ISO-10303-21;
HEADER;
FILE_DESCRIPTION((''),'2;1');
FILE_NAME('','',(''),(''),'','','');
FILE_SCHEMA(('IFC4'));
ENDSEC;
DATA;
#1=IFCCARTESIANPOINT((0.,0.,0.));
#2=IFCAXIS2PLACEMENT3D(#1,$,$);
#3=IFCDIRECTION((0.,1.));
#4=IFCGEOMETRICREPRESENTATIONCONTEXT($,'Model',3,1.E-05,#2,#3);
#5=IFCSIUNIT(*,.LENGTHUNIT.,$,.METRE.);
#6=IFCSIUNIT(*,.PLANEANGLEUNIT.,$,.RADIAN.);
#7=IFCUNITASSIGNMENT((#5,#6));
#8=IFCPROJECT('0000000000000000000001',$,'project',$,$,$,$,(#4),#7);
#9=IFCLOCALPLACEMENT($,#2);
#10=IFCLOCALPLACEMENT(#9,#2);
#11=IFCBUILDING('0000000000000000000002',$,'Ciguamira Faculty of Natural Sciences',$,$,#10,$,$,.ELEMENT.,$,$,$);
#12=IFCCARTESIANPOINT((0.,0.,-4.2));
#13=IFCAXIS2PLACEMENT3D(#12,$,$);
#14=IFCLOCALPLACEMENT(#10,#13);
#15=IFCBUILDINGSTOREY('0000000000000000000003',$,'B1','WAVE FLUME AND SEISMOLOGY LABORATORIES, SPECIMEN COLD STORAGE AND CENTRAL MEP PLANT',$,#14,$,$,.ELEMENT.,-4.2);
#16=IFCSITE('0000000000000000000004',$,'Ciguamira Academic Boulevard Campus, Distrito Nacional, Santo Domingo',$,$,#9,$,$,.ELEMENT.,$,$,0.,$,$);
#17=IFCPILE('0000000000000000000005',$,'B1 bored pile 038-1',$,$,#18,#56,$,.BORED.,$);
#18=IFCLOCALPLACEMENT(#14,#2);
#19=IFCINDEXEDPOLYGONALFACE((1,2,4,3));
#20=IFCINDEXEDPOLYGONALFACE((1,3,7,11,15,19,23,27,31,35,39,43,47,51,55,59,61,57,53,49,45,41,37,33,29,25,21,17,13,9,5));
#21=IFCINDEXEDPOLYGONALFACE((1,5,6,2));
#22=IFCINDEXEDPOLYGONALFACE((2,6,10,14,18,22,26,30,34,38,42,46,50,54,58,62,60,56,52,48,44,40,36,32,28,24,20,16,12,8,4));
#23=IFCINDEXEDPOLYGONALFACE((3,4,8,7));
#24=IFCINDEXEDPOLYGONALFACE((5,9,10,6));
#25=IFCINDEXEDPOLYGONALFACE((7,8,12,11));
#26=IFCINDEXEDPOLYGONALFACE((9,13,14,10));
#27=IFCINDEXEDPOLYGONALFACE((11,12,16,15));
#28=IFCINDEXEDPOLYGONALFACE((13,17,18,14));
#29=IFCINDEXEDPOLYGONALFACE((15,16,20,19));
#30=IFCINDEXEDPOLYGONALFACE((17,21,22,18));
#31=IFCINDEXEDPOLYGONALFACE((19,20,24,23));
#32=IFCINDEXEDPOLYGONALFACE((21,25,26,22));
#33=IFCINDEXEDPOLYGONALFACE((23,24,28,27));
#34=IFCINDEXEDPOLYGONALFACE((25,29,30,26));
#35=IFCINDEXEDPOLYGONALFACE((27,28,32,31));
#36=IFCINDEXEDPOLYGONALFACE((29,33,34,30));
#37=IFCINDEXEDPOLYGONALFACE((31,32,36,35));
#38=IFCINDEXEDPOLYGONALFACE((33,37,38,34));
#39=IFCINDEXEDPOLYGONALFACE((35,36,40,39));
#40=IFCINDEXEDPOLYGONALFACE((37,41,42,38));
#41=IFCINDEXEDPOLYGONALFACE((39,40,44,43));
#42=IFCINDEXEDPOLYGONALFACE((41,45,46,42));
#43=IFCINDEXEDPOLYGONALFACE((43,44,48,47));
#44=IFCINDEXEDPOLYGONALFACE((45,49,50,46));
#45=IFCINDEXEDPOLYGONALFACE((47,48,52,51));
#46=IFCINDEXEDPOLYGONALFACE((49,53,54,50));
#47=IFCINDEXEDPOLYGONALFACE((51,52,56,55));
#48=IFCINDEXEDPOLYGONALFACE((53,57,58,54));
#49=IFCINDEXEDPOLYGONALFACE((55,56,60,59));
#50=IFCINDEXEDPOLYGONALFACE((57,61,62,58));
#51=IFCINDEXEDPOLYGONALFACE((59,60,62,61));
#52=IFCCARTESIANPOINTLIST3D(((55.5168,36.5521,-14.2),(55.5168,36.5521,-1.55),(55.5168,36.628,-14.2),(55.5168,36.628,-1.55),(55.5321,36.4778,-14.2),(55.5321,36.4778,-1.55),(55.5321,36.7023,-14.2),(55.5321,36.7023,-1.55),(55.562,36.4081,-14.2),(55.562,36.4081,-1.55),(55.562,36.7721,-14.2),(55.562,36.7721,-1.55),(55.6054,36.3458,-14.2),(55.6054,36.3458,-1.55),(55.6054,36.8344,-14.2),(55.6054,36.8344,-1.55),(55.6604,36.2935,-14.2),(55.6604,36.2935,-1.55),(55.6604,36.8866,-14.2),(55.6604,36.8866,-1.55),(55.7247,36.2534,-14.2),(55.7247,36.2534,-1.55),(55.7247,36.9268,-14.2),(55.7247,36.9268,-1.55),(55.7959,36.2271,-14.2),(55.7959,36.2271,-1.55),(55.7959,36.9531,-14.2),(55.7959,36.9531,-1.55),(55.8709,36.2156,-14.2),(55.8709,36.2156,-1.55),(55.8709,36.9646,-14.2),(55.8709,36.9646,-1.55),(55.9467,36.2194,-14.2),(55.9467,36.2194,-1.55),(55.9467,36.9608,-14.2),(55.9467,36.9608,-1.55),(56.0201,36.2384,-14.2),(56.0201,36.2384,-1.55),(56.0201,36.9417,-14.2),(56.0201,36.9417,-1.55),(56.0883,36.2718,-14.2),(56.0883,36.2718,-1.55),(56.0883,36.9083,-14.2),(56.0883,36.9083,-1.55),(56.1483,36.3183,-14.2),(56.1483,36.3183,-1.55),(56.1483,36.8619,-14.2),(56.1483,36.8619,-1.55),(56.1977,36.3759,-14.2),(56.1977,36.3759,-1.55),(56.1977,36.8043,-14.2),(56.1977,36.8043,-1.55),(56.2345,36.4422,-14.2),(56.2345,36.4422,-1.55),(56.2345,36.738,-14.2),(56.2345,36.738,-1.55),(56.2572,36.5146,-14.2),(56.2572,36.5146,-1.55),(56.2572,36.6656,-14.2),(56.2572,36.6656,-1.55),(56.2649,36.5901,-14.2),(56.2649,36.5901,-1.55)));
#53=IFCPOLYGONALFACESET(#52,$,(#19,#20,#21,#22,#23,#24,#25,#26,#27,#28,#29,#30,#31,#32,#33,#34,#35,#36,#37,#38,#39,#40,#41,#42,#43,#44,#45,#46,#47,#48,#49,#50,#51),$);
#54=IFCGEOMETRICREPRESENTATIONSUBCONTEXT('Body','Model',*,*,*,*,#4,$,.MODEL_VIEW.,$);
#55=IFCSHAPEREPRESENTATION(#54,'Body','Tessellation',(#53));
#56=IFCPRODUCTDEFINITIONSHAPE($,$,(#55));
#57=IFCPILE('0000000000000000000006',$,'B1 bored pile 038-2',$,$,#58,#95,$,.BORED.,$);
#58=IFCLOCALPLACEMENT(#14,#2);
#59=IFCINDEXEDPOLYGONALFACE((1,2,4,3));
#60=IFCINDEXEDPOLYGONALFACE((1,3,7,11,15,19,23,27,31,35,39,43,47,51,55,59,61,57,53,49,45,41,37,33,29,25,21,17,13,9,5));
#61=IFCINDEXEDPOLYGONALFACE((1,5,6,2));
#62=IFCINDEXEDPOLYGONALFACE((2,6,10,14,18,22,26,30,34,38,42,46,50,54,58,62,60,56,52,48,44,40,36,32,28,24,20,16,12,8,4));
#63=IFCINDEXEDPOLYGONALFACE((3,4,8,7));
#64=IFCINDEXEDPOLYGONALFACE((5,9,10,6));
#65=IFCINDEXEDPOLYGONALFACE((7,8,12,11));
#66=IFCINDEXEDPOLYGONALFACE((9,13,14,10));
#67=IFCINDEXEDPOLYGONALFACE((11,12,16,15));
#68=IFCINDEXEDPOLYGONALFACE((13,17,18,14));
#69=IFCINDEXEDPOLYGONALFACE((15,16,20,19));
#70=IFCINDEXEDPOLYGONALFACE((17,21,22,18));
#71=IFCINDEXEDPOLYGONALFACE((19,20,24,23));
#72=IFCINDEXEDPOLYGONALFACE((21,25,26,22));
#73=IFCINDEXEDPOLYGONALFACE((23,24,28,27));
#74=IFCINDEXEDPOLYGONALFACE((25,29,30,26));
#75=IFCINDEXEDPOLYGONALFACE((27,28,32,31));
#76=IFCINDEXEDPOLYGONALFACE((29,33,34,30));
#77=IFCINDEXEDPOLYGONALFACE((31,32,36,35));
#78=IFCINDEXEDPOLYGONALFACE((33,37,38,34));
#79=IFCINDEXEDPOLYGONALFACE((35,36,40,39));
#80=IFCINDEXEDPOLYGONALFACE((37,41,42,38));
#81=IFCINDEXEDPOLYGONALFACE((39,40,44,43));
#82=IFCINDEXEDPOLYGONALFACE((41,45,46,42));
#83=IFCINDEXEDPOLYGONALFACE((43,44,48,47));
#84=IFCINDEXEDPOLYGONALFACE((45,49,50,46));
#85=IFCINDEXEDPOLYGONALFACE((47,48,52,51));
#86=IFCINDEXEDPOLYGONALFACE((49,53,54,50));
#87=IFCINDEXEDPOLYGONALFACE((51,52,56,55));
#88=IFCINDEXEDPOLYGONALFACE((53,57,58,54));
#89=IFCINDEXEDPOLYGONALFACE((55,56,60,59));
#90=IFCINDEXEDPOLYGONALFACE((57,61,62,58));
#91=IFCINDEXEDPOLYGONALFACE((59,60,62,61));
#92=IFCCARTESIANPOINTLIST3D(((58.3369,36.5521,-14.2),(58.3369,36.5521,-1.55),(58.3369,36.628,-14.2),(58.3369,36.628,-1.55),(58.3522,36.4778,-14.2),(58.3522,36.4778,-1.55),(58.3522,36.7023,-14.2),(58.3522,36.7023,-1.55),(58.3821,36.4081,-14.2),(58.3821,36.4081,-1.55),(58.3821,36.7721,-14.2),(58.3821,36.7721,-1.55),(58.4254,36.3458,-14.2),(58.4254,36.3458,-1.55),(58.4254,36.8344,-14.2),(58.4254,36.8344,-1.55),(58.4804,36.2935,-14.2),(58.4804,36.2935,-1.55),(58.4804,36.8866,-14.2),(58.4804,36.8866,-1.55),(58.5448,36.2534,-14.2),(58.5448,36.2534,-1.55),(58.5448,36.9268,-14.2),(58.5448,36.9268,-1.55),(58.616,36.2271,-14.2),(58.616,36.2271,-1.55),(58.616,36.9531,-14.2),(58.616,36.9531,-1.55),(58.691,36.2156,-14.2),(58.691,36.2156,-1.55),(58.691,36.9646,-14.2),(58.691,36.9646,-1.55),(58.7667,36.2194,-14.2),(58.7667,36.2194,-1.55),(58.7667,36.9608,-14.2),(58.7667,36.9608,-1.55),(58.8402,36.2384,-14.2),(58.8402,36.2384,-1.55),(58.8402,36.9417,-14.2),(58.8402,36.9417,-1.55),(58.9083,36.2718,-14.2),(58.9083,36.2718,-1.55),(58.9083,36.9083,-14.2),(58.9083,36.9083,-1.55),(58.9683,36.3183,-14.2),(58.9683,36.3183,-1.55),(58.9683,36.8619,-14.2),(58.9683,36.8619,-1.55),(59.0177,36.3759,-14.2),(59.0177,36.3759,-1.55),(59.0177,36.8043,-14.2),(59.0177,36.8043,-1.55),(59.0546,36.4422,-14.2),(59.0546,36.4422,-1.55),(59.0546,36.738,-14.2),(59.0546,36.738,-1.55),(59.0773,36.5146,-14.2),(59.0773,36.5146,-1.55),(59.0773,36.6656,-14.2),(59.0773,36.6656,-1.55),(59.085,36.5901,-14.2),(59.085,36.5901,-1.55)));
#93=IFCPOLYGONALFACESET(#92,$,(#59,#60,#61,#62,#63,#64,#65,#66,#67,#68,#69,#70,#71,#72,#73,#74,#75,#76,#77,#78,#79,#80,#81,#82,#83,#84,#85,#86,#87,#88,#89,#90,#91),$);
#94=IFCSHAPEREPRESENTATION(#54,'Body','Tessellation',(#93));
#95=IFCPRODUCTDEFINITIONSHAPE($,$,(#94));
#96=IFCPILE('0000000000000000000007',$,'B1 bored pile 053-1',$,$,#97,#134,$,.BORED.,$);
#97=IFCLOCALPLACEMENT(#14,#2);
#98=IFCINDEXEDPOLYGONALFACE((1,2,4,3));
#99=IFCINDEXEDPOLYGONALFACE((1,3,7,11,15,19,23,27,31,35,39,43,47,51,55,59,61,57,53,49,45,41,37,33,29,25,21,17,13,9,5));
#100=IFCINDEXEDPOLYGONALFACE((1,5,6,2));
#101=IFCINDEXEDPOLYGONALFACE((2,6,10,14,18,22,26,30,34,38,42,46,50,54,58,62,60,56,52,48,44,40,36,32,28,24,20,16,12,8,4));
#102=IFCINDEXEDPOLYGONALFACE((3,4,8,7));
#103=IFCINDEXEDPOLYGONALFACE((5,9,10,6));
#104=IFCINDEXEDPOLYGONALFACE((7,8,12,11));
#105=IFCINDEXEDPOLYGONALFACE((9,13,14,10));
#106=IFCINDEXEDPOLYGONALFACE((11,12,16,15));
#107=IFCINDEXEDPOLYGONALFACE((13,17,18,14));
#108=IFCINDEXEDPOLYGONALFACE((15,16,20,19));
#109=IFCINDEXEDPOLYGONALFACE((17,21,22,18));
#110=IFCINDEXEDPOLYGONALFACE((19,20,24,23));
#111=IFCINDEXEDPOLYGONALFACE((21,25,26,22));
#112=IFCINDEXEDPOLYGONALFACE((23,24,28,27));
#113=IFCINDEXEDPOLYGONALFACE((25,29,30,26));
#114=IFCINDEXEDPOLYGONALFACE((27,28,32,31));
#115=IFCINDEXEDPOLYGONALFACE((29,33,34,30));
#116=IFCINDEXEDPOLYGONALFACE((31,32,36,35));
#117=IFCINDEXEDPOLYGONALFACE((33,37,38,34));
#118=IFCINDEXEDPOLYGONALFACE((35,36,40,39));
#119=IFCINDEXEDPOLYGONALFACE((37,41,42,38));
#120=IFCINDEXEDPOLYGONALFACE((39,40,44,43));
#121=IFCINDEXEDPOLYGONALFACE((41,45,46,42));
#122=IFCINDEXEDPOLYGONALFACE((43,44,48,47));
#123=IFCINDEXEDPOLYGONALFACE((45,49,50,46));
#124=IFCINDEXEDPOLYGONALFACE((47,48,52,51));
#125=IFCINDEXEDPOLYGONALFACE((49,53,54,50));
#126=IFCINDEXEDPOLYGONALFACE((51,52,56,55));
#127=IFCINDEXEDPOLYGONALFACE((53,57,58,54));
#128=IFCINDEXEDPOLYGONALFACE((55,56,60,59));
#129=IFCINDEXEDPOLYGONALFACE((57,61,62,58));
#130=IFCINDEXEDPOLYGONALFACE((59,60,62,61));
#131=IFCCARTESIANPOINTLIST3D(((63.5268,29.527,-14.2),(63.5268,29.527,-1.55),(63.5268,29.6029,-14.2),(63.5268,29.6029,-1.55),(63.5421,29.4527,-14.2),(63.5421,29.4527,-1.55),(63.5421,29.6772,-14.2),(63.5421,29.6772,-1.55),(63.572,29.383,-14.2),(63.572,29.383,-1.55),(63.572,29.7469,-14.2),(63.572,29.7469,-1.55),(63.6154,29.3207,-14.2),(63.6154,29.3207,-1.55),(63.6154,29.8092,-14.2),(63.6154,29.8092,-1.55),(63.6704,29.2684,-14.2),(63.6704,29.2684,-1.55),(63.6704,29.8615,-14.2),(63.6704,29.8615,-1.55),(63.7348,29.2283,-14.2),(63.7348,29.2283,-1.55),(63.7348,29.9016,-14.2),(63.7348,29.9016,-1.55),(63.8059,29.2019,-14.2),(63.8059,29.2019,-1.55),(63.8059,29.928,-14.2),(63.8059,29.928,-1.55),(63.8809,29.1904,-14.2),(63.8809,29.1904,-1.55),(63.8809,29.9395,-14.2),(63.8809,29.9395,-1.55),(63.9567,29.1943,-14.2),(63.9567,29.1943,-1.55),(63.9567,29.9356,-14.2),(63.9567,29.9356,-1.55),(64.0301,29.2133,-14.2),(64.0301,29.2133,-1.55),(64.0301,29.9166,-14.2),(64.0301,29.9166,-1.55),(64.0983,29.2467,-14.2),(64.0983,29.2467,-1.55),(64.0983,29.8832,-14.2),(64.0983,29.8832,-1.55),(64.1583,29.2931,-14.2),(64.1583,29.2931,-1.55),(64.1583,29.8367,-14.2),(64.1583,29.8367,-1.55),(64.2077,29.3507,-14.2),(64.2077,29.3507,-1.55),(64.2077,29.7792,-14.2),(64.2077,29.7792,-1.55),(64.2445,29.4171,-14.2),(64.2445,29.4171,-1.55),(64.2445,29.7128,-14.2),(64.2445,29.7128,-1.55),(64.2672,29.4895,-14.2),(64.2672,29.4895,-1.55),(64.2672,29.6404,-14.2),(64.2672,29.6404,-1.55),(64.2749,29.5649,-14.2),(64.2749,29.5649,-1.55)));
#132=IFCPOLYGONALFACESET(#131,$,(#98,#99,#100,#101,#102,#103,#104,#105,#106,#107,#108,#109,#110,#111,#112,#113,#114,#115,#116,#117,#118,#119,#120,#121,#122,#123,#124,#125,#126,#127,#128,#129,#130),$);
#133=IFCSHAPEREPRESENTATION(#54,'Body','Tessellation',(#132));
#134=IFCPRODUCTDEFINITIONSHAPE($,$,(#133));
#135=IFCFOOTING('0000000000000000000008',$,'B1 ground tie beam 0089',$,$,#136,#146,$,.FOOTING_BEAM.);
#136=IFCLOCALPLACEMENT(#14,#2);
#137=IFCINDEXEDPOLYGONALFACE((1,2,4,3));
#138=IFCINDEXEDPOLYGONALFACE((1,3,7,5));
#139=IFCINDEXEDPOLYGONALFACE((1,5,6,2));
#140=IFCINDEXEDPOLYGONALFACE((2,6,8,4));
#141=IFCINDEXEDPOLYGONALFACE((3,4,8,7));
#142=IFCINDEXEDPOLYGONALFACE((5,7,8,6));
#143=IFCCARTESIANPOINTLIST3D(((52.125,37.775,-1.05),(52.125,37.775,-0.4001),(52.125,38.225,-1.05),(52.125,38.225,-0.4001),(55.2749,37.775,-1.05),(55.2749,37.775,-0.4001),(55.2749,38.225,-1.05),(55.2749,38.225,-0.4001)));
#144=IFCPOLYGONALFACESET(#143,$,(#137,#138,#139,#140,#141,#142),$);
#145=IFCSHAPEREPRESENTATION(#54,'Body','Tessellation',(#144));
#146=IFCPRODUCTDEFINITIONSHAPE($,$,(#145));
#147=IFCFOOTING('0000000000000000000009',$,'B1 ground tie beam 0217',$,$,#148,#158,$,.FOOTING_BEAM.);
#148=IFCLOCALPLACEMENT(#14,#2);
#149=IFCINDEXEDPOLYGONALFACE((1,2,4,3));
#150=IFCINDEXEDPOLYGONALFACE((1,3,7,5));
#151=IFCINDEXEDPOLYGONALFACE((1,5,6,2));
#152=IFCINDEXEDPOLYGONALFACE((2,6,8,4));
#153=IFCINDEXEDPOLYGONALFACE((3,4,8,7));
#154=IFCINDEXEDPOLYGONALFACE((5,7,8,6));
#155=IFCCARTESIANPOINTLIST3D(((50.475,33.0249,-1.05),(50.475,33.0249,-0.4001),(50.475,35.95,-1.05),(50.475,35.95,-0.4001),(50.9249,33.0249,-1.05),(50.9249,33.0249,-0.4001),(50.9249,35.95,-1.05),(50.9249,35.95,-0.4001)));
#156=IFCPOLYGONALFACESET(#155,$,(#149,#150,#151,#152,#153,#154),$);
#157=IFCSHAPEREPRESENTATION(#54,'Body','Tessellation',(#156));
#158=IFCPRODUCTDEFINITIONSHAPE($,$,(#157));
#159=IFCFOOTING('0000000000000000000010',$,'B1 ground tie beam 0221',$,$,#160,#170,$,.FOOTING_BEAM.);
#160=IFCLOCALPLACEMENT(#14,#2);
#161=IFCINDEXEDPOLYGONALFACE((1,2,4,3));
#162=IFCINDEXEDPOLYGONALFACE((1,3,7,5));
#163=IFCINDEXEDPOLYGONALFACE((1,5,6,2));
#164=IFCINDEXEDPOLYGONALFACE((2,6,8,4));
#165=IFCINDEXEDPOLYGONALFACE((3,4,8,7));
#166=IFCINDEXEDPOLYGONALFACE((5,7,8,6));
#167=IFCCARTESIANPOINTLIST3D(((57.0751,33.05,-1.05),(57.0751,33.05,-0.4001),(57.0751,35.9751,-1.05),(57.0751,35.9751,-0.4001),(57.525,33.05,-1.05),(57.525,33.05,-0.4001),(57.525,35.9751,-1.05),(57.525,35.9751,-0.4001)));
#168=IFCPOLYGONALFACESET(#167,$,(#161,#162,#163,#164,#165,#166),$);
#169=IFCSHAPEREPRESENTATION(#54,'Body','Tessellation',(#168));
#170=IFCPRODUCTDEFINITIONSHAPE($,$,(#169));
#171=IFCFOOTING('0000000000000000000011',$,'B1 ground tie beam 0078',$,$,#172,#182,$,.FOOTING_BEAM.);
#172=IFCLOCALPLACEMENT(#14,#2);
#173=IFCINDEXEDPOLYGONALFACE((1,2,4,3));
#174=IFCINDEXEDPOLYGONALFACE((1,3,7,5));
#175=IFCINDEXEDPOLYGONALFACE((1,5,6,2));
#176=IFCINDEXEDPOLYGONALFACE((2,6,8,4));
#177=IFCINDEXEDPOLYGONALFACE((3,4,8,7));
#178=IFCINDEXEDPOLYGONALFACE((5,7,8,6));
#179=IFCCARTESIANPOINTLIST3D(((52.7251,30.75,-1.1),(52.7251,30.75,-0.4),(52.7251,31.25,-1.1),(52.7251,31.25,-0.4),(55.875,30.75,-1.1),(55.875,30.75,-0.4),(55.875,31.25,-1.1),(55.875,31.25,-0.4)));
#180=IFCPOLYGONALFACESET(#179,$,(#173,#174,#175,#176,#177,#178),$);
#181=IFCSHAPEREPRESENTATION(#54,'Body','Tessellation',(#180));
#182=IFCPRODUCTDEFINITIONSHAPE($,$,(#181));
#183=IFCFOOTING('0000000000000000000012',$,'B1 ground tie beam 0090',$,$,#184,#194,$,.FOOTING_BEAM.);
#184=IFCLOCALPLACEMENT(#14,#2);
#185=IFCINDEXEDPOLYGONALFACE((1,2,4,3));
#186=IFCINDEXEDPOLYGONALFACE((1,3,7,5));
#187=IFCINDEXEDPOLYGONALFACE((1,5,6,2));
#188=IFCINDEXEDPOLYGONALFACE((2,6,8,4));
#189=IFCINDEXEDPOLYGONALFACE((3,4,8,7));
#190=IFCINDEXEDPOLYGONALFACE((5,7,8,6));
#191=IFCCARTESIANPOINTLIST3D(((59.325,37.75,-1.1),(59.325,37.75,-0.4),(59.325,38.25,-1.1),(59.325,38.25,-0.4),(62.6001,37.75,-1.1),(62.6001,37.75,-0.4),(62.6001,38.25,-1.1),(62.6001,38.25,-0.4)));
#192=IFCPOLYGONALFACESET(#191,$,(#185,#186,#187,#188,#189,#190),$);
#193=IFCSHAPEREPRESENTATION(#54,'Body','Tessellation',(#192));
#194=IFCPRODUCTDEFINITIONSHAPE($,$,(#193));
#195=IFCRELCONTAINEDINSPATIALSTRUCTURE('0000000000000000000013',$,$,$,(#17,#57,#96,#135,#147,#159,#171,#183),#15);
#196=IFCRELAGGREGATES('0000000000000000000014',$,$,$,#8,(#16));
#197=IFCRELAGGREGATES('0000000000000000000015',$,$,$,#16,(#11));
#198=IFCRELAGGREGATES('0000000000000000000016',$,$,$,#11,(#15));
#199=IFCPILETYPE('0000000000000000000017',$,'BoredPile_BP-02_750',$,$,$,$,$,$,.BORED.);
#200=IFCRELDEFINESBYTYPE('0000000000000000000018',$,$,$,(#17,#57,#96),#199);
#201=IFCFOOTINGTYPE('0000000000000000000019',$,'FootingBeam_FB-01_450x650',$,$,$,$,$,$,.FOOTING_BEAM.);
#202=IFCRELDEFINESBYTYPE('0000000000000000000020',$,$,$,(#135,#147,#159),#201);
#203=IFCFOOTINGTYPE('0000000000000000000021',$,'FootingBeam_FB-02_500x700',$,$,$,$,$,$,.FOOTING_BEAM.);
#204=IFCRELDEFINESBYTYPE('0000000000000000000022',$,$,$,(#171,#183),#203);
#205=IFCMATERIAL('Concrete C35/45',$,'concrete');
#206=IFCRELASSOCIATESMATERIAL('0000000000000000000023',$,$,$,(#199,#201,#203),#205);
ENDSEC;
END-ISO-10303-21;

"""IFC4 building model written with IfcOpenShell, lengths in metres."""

from ifc_helpers import new_model, si_unit, direction, frame, origin, origin_2d, place, context, subcontext, project, spatial, rectangle, circle, extrude, material, material_profile, profile_set, type_object, element, save


model = new_model("IFC4")

# Units and contexts
model_context = context("Model", 3, precision=1e-05, world=origin(), true_north=direction((0.0, 1.0)))
body_context = subcontext(model_context, "Body", "Model", "MODEL_VIEW")
ifc_project = project(units=[si_unit("LENGTHUNIT", "METRE"), si_unit("PLANEANGLEUNIT", "RADIAN")], contexts=[model_context])

# Site, building, storey
site_placement = place(None, origin())
site = spatial("IfcSite", under=ifc_project, at=site_placement, Name="Ciguamira Academic Boulevard Campus, Distrito Nacional, Santo Domingo", CompositionType="ELEMENT", RefElevation=0.0)
building_placement = place(site_placement, origin())
building = spatial("IfcBuilding", under=site, at=building_placement, Name="Ciguamira Faculty of Natural Sciences", CompositionType="ELEMENT")
storey_placement = place(building_placement, frame((0.0, 0.0, -4.2)))
storey = spatial("IfcBuildingStorey", under=building, at=storey_placement, Name="B1", Description="WAVE FLUME AND SEISMOLOGY LABORATORIES, SPECIMEN COLD STORAGE AND CENTRAL MEP PLANT", CompositionType="ELEMENT", Elevation=-4.2)

# Piles
ifc_material_1 = material(Name="Concrete C35/45", Category="concrete")
ifc_material_profile_1 = material_profile(ifc_material_1, circle(Radius=0.375, at=origin_2d()), Name="PILE-BORED-750")
ifc_profile_set_1 = profile_set([ifc_material_profile_1], Name="Concrete C35/45")
pile_type = type_object("IfcPileType", Name="BoredPile_BP-02_750", PredefinedType="BORED", material=ifc_profile_set_1)
for number, where, z_axis, x_axis, name in (
    (1, (55.8899, 36.5901, -1.55), (0.0, 0.0, -1.0), (1.0, 0.0, 0.0), "B1 bored pile 038-1"),
    (2, (58.71, 36.5901, -1.55), (0.0, 0.0, -1.0), (1.0, 0.0, 0.0), "B1 bored pile 038-2"),
    (3, (63.8999, 29.5649, -1.55), (0.0, 0.0, -1.0), (1.0, 0.0, 0.0), "B1 bored pile 053-1"),
):
    element("IfcPile", number, at=place(storey_placement, frame(where, z_axis=z_axis, x_axis=x_axis)), inside=storey, type_object=pile_type, Name=name, PredefinedType="BORED", context=body_context, shape_type="SweptSolid", body=[
        extrude(circle(Radius=0.375, at=origin_2d()), origin(), (0.0, 0.0, 1.0), 12.6499),
    ])

# Footings
ifc_material_profile_2 = material_profile(ifc_material_1, rectangle(XDim=0.45, YDim=0.6499, at=origin_2d()), Name="RC-FB-450X650")
ifc_profile_set_2 = profile_set([ifc_material_profile_2], Name="Concrete C35/45")
footing_type_1 = type_object("IfcFootingType", Name="FootingBeam_FB-01_450x650", PredefinedType="FOOTING_BEAM", material=ifc_profile_set_2)
footing_1_placement = place(storey_placement, frame((52.125, 38.0, -0.7251), z_axis=(1.0, 0.0, 0.0), x_axis=(0.0, 1.0, 0.0)))
element("IfcFooting", 4, at=footing_1_placement, inside=storey, type_object=footing_type_1, Name="B1 ground tie beam 0089", PredefinedType="FOOTING_BEAM", context=body_context, shape_type="SweptSolid", body=[
    extrude(rectangle(XDim=0.45, YDim=0.6499, at=origin_2d()), origin(), (0.0, 0.0, 1.0), 3.1499),
])
for number, where, z_axis, x_axis, name in (
    (5, (50.7, 33.0249, -0.7251), (0.0, 1.0, 0.0), (-1.0, 0.0, 0.0), "B1 ground tie beam 0217"),
    (6, (57.3, 33.05, -0.7251), (0.0, 1.0, 0.0), (-1.0, 0.0, 0.0), "B1 ground tie beam 0221"),
):
    element("IfcFooting", number, at=place(storey_placement, frame(where, z_axis=z_axis, x_axis=x_axis)), inside=storey, type_object=footing_type_1, Name=name, PredefinedType="FOOTING_BEAM", context=body_context, shape_type="SweptSolid", body=[
        extrude(rectangle(XDim=0.45, YDim=0.6499, at=origin_2d()), origin(), (0.0, 0.0, 1.0), 2.925),
    ])
ifc_material_profile_3 = material_profile(ifc_material_1, rectangle(XDim=0.5, YDim=0.7, at=origin_2d()), Name="RC-FB-500X700")
ifc_profile_set_3 = profile_set([ifc_material_profile_3], Name="Concrete C35/45")
footing_type_2 = type_object("IfcFootingType", Name="FootingBeam_FB-02_500x700", PredefinedType="FOOTING_BEAM", material=ifc_profile_set_3)
footing_2_placement = place(storey_placement, frame((52.7251, 31.0, -0.75), z_axis=(1.0, 0.0, 0.0), x_axis=(0.0, 1.0, 0.0)))
element("IfcFooting", 7, at=footing_2_placement, inside=storey, type_object=footing_type_2, Name="B1 ground tie beam 0078", PredefinedType="FOOTING_BEAM", context=body_context, shape_type="SweptSolid", body=[
    extrude(rectangle(XDim=0.5, YDim=0.7, at=origin_2d()), origin(), (0.0, 0.0, 1.0), 3.1499),
])
footing_3_placement = place(storey_placement, frame((59.325, 38.0, -0.75), z_axis=(1.0, 0.0, 0.0), x_axis=(0.0, 1.0, 0.0)))
element("IfcFooting", 8, at=footing_3_placement, inside=storey, type_object=footing_type_2, Name="B1 ground tie beam 0090", PredefinedType="FOOTING_BEAM", context=body_context, shape_type="SweptSolid", body=[
    extrude(rectangle(XDim=0.5, YDim=0.7, at=origin_2d()), origin(), (0.0, 0.0, 1.0), 3.2751),
])

save(model, "model.ifc")
